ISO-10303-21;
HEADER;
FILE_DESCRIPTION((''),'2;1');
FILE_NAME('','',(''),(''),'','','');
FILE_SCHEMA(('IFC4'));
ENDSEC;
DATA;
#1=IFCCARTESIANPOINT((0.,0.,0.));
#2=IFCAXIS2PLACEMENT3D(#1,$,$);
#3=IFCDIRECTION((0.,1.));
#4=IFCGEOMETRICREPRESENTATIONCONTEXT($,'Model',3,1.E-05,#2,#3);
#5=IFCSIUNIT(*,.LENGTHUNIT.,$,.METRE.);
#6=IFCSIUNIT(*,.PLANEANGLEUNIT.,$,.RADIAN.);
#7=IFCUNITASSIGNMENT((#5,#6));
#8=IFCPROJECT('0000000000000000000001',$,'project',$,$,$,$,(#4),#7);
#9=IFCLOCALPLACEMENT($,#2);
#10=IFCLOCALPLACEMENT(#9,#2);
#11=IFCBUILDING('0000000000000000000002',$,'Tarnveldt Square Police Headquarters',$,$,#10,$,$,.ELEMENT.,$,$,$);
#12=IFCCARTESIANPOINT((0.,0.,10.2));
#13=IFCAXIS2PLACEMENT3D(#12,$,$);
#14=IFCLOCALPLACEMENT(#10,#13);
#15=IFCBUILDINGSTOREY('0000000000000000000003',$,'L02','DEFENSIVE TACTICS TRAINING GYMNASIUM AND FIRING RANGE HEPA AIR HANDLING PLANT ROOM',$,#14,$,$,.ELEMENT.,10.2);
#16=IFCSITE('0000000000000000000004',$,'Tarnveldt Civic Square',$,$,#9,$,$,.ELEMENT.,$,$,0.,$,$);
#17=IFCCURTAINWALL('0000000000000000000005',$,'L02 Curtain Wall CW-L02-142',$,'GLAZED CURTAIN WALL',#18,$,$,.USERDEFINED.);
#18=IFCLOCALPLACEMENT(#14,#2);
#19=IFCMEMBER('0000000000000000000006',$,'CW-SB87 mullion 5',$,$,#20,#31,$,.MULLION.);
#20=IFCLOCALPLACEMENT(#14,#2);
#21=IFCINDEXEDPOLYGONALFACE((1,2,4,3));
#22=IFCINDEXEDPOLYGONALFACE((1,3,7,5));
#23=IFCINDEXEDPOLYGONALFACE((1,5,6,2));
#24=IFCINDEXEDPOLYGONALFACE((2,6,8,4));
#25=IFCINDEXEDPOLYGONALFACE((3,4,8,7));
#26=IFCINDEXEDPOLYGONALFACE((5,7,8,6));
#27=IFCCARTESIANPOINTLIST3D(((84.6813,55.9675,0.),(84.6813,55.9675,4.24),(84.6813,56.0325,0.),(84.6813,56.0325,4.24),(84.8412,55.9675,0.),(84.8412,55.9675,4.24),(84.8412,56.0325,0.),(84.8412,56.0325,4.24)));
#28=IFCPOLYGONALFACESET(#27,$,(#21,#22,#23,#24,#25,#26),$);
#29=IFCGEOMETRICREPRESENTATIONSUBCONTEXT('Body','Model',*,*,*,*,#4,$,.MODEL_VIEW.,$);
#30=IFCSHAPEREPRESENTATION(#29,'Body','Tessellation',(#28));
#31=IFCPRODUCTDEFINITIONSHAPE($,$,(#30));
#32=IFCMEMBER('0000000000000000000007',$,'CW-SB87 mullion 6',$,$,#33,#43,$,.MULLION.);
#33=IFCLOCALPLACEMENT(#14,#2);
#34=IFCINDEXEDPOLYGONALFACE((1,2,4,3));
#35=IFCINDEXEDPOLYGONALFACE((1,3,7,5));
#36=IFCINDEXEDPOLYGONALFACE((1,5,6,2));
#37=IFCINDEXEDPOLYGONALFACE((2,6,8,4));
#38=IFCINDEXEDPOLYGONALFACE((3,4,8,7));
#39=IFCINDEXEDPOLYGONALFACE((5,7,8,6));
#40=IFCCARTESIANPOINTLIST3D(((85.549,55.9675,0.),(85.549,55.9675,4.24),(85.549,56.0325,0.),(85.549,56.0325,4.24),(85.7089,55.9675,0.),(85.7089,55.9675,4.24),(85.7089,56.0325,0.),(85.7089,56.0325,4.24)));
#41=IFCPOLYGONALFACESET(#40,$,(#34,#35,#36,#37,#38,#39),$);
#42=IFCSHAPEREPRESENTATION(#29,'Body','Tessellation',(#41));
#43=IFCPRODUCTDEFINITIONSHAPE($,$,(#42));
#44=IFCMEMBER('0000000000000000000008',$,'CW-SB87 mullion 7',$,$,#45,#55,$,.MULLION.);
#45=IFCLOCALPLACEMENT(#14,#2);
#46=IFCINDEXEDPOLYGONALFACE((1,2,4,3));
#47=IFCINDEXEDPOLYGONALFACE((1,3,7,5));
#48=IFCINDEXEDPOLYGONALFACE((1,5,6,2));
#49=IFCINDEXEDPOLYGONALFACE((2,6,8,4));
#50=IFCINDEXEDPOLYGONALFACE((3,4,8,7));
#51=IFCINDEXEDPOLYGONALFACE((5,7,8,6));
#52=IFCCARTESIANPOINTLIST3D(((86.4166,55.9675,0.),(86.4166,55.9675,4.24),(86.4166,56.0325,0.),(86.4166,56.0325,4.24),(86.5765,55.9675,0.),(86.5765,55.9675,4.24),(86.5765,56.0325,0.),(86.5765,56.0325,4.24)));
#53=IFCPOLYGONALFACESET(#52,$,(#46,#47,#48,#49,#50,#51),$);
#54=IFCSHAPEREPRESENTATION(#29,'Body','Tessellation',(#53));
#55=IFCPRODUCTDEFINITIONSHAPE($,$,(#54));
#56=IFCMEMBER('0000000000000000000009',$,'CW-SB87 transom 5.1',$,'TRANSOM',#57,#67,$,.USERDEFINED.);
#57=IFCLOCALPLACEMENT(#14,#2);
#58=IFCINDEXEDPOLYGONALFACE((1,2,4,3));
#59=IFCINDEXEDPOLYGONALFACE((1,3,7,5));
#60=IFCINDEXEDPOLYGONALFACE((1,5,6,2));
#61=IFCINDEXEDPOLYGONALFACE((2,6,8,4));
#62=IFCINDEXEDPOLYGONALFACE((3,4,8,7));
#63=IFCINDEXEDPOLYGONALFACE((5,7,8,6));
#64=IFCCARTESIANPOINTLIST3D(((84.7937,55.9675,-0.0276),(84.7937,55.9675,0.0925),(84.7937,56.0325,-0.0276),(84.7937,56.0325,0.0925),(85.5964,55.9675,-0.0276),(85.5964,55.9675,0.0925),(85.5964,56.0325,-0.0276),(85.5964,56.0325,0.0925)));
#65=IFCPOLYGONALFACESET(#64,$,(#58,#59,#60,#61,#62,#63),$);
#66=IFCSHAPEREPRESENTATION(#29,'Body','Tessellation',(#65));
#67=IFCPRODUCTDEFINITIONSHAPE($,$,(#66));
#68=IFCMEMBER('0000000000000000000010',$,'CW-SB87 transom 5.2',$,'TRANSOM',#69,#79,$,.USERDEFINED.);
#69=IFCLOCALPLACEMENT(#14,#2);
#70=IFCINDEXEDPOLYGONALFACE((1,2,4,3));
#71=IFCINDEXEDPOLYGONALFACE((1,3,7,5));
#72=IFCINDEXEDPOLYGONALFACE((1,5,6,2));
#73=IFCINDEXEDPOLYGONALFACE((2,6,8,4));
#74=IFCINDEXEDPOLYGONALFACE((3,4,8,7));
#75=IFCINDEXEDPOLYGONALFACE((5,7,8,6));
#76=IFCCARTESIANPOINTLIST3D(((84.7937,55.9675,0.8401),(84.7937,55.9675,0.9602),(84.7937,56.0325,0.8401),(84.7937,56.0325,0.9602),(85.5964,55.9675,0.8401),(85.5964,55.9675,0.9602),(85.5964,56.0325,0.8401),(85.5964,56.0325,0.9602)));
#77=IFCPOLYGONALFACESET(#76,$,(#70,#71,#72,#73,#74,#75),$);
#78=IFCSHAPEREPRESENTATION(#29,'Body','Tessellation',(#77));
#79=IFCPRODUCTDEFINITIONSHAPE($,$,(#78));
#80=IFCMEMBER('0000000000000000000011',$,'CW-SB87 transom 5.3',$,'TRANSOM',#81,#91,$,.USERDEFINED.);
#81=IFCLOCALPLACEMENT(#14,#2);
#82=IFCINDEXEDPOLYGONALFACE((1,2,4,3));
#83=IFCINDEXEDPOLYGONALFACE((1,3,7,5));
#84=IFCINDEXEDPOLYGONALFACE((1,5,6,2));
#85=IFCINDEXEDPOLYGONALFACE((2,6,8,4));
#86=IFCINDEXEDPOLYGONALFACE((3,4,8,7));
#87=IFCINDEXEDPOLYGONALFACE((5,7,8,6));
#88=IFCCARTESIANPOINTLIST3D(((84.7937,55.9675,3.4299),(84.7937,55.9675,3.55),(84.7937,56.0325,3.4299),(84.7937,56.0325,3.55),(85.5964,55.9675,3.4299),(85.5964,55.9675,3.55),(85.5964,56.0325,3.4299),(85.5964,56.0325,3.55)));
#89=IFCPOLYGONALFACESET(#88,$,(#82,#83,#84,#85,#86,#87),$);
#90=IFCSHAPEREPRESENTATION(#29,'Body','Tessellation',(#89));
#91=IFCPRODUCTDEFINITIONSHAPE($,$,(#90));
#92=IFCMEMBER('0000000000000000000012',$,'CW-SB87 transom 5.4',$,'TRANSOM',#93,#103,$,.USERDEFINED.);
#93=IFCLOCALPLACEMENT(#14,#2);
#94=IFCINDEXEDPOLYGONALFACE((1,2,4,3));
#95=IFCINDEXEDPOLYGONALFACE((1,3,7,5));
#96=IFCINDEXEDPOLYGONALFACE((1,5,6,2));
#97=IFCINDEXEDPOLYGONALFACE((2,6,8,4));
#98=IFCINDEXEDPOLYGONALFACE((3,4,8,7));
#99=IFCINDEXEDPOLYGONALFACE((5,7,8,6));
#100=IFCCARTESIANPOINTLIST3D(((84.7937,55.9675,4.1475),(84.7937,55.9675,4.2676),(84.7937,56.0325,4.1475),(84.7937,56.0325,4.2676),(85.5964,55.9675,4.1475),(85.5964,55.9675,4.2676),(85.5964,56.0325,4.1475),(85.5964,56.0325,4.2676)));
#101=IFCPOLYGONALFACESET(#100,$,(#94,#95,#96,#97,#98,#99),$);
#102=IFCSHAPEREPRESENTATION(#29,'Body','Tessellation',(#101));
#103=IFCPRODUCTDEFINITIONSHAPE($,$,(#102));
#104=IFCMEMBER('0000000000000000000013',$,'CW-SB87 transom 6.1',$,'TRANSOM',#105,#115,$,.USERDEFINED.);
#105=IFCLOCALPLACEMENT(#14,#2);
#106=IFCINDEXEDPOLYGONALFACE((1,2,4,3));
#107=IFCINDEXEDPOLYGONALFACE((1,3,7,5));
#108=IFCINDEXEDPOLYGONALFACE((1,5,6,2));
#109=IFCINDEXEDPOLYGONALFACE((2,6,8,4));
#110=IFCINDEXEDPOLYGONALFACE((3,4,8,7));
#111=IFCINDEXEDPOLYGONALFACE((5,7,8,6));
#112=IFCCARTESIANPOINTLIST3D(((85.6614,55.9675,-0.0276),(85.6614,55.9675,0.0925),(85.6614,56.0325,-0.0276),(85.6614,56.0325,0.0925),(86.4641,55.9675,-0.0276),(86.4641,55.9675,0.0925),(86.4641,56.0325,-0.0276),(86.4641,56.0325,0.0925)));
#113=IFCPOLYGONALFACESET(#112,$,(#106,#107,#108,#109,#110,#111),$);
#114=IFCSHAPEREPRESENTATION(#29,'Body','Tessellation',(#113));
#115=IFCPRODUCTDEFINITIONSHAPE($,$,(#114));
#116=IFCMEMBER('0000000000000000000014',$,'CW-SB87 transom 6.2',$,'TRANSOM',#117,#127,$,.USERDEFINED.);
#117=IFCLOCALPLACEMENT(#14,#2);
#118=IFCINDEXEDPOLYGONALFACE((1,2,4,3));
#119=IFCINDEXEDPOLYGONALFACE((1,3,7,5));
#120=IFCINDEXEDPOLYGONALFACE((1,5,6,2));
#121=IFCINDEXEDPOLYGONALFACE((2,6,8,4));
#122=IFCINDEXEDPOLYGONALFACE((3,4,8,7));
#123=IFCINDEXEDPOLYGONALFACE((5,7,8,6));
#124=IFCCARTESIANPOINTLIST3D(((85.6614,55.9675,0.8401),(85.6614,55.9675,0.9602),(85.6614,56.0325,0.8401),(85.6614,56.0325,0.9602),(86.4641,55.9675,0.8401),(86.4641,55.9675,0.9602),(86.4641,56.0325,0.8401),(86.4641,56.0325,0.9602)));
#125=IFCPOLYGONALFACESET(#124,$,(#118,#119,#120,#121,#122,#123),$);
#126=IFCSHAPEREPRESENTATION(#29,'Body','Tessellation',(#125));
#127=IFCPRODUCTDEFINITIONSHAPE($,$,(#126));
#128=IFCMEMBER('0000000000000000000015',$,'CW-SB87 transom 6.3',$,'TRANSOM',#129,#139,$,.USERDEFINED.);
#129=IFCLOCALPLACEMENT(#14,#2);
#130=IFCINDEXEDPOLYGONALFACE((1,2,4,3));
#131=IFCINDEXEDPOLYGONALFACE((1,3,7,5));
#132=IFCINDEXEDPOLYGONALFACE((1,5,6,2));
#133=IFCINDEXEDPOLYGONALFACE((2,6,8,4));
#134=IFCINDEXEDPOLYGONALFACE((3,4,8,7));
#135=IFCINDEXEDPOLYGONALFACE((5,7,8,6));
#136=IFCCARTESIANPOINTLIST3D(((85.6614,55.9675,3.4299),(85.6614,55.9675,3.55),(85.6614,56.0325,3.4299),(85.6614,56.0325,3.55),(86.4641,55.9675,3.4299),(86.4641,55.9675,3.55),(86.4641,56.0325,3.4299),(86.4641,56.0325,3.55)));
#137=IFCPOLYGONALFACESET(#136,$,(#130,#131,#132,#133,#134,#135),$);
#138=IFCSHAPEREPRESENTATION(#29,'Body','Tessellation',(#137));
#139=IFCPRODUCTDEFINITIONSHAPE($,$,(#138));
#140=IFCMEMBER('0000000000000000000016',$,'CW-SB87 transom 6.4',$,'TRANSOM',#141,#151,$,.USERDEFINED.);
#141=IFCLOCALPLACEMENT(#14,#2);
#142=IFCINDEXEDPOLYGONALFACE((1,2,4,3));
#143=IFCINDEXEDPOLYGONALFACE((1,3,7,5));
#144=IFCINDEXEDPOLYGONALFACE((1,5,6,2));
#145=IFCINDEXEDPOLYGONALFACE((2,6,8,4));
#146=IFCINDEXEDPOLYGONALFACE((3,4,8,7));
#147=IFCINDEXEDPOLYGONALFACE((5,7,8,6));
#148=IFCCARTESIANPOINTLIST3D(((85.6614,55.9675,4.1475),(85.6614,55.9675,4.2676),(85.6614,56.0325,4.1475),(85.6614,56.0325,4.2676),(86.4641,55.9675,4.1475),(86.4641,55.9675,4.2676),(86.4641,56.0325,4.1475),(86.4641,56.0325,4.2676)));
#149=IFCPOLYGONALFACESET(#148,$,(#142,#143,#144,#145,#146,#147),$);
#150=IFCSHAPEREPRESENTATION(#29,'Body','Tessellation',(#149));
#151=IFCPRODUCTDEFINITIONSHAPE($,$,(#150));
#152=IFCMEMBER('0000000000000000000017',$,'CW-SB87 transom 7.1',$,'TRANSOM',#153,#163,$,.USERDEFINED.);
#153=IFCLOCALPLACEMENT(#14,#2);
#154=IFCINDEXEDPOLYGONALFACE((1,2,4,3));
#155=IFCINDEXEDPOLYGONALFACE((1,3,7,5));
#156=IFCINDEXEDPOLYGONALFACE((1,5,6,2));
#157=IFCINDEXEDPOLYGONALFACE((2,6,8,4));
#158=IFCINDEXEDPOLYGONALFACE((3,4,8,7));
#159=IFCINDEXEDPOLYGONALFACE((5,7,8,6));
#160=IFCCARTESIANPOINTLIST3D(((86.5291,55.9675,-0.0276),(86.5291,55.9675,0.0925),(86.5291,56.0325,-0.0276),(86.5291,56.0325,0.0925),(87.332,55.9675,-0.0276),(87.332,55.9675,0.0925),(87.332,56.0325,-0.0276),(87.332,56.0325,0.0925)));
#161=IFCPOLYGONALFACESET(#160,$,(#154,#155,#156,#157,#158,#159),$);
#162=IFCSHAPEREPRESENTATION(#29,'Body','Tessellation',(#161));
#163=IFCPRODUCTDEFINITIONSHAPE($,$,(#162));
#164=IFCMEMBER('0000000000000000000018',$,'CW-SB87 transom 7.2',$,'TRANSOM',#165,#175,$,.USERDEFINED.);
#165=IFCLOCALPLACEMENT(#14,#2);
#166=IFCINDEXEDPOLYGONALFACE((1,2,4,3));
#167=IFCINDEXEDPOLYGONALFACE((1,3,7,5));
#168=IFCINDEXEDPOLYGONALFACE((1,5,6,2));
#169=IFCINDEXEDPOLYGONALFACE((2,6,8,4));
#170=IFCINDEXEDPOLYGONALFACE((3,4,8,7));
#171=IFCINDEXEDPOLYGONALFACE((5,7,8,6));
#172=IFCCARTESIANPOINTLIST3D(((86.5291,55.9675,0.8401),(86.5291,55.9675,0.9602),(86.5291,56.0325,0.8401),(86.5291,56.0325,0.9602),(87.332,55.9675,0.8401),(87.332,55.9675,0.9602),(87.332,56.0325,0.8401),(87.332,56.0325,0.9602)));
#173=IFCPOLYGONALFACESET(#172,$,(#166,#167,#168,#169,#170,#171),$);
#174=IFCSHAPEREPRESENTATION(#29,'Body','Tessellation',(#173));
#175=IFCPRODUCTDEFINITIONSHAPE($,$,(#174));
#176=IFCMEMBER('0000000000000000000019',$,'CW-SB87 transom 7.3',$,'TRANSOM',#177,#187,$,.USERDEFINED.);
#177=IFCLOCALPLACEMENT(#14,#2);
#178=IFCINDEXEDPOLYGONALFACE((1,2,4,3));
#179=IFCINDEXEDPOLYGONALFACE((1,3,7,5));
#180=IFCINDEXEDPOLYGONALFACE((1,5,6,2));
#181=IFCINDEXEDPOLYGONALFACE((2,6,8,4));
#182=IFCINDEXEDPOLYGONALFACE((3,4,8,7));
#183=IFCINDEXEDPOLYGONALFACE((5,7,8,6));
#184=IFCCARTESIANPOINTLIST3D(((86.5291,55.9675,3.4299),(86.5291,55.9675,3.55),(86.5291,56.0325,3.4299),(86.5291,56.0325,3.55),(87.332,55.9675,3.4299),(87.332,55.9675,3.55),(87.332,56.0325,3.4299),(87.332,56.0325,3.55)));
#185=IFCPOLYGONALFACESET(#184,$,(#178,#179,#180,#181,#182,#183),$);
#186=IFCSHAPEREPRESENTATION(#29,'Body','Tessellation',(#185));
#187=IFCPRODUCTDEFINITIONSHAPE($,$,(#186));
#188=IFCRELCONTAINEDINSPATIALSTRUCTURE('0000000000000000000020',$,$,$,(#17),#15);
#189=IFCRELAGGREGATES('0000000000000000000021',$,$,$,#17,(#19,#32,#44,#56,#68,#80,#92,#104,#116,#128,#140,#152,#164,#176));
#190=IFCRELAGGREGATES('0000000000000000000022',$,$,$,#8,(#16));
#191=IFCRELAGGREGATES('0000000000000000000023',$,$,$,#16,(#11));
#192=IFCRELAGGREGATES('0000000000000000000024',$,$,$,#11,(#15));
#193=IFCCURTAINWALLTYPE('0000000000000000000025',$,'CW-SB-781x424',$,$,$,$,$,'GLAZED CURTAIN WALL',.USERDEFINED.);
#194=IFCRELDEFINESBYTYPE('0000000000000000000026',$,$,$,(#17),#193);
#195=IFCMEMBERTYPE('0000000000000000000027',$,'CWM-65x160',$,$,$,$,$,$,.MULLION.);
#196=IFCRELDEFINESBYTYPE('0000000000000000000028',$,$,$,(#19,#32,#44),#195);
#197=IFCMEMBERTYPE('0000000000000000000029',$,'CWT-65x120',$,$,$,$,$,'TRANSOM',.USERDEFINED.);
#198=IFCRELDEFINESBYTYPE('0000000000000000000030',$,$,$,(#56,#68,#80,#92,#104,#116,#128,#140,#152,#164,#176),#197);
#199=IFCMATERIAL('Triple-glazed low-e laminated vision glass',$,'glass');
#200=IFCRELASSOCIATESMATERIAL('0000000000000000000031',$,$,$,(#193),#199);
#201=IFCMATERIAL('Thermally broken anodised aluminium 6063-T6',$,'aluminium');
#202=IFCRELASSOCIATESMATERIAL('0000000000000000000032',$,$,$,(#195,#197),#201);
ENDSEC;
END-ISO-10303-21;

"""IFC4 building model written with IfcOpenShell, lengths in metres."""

from ifc_helpers import new_model, si_unit, direction, frame, origin, origin_2d, place, context, subcontext, project, spatial, rectangle, extrude, material, material_profile, profile_set, type_object, element, aggregate, save


model = new_model("IFC4")

# Units and contexts
model_context = context("Model", 3, precision=1e-05, world=origin(), true_north=direction((0.0, 1.0)))
body_context = subcontext(model_context, "Body", "Model", "MODEL_VIEW")
ifc_project = project(units=[si_unit("LENGTHUNIT", "METRE"), si_unit("PLANEANGLEUNIT", "RADIAN")], contexts=[model_context])

# Site, building, storey
site_placement = place(None, origin())
site = spatial("IfcSite", under=ifc_project, at=site_placement, Name="Tarnveldt Civic Square", CompositionType="ELEMENT", RefElevation=0.0)
building_placement = place(site_placement, origin())
building = spatial("IfcBuilding", under=site, at=building_placement, Name="Tarnveldt Square Police Headquarters", CompositionType="ELEMENT")
storey_placement = place(building_placement, frame((0.0, 0.0, 10.2)))
storey = spatial("IfcBuildingStorey", under=building, at=storey_placement, Name="L02", Description="DEFENSIVE TACTICS TRAINING GYMNASIUM AND FIRING RANGE HEPA AIR HANDLING PLANT ROOM", CompositionType="ELEMENT", Elevation=10.2)

# Curtain wall, members
ifc_material_1 = material(Name="Triple-glazed low-e laminated vision glass", Category="glass")
curtain_wall_type = type_object("IfcCurtainWallType", Name="CW-SB-781x424", ElementType="GLAZED CURTAIN WALL", PredefinedType="USERDEFINED", material=ifc_material_1)
curtain_wall_placement = place(storey_placement, origin())
curtain_wall = element("IfcCurtainWall", 1, at=curtain_wall_placement, inside=storey, type_object=curtain_wall_type, Name="L02 Curtain Wall CW-L02-142", ObjectType="GLAZED CURTAIN WALL", PredefinedType="USERDEFINED")
ifc_material_2 = material(Name="Thermally broken anodised aluminium 6063-T6", Category="aluminium")
ifc_material_profile_1 = material_profile(ifc_material_2, rectangle(XDim=0.0649, YDim=0.1599, at=origin_2d()), Name="CW-M65x160")
ifc_profile_set_1 = profile_set([ifc_material_profile_1], Name="Thermally broken anodised aluminium 6063-T6")
member_type_1 = type_object("IfcMemberType", Name="CWM-65x160", PredefinedType="MULLION", material=ifc_profile_set_1)
member_1_placement = place(storey_placement, frame((84.7612, 56.0, 0.0), z_axis=(0.0, 0.0, 1.0), x_axis=(0.0, 1.0, 0.0)))
member_1 = element("IfcMember", 2, at=member_1_placement, type_object=member_type_1, Name="CW-SB87 mullion 5", PredefinedType="MULLION", context=body_context, shape_type="SweptSolid", body=[
    extrude(rectangle(XDim=0.0649, YDim=0.1599, at=origin_2d()), origin(), (0.0, 0.0, 1.0), 4.24),
])
member_2_placement = place(storey_placement, frame((85.6289, 56.0, 0.0), z_axis=(0.0, 0.0, 1.0), x_axis=(0.0, 1.0, 0.0)))
member_2 = element("IfcMember", 3, at=member_2_placement, type_object=member_type_1, Name="CW-SB87 mullion 6", PredefinedType="MULLION", context=body_context, shape_type="SweptSolid", body=[
    extrude(rectangle(XDim=0.0649, YDim=0.1599, at=origin_2d()), origin(), (0.0, 0.0, 1.0), 4.24),
])
member_3_placement = place(storey_placement, frame((86.4966, 56.0, 0.0), z_axis=(0.0, 0.0, 1.0), x_axis=(0.0, 1.0, 0.0)))
member_3 = element("IfcMember", 4, at=member_3_placement, type_object=member_type_1, Name="CW-SB87 mullion 7", PredefinedType="MULLION", context=body_context, shape_type="SweptSolid", body=[
    extrude(rectangle(XDim=0.0649, YDim=0.1599, at=origin_2d()), origin(), (0.0, 0.0, 1.0), 4.24),
])
ifc_material_profile_2 = material_profile(ifc_material_2, rectangle(XDim=0.0649, YDim=0.1201, at=origin_2d()), Name="CW-T65x120")
ifc_profile_set_2 = profile_set([ifc_material_profile_2], Name="Thermally broken anodised aluminium 6063-T6")
member_type_2 = type_object("IfcMemberType", Name="CWT-65x120", ElementType="TRANSOM", PredefinedType="USERDEFINED", material=ifc_profile_set_2)
member_4_placement = place(storey_placement, frame((84.7937, 56.0, 0.0325), z_axis=(1.0, 0.0, 0.0), x_axis=(0.0, 1.0, 0.0)))
member_4 = element("IfcMember", 5, at=member_4_placement, type_object=member_type_2, Name="CW-SB87 transom 5.1", ObjectType="TRANSOM", PredefinedType="USERDEFINED", context=body_context, shape_type="SweptSolid", body=[
    extrude(rectangle(XDim=0.0649, YDim=0.1201, at=origin_2d()), origin(), (0.0, 0.0, 1.0), 0.8027),
])
member_5_placement = place(storey_placement, frame((84.7937, 56.0, 0.9001), z_axis=(1.0, 0.0, 0.0), x_axis=(0.0, 1.0, 0.0)))
member_5 = element("IfcMember", 6, at=member_5_placement, type_object=member_type_2, Name="CW-SB87 transom 5.2", ObjectType="TRANSOM", PredefinedType="USERDEFINED", context=body_context, shape_type="SweptSolid", body=[
    extrude(rectangle(XDim=0.0649, YDim=0.1201, at=origin_2d()), origin(), (0.0, 0.0, 1.0), 0.8027),
])
member_6_placement = place(storey_placement, frame((84.7937, 56.0, 3.49), z_axis=(1.0, 0.0, 0.0), x_axis=(0.0, 1.0, 0.0)))
member_6 = element("IfcMember", 7, at=member_6_placement, type_object=member_type_2, Name="CW-SB87 transom 5.3", ObjectType="TRANSOM", PredefinedType="USERDEFINED", context=body_context, shape_type="SweptSolid", body=[
    extrude(rectangle(XDim=0.0649, YDim=0.1201, at=origin_2d()), origin(), (0.0, 0.0, 1.0), 0.8027),
])
member_7_placement = place(storey_placement, frame((84.7937, 56.0, 4.2075), z_axis=(1.0, 0.0, 0.0), x_axis=(0.0, 1.0, 0.0)))
member_7 = element("IfcMember", 8, at=member_7_placement, type_object=member_type_2, Name="CW-SB87 transom 5.4", ObjectType="TRANSOM", PredefinedType="USERDEFINED", context=body_context, shape_type="SweptSolid", body=[
    extrude(rectangle(XDim=0.0649, YDim=0.1201, at=origin_2d()), origin(), (0.0, 0.0, 1.0), 0.8027),
])
member_8_placement = place(storey_placement, frame((85.6614, 56.0, 0.0325), z_axis=(1.0, 0.0, 0.0), x_axis=(0.0, 1.0, 0.0)))
member_8 = element("IfcMember", 9, at=member_8_placement, type_object=member_type_2, Name="CW-SB87 transom 6.1", ObjectType="TRANSOM", PredefinedType="USERDEFINED", context=body_context, shape_type="SweptSolid", body=[
    extrude(rectangle(XDim=0.0649, YDim=0.1201, at=origin_2d()), origin(), (0.0, 0.0, 1.0), 0.8027),
])
member_9_placement = place(storey_placement, frame((85.6614, 56.0, 0.9001), z_axis=(1.0, 0.0, 0.0), x_axis=(0.0, 1.0, 0.0)))
member_9 = element("IfcMember", 10, at=member_9_placement, type_object=member_type_2, Name="CW-SB87 transom 6.2", ObjectType="TRANSOM", PredefinedType="USERDEFINED", context=body_context, shape_type="SweptSolid", body=[
    extrude(rectangle(XDim=0.0649, YDim=0.1201, at=origin_2d()), origin(), (0.0, 0.0, 1.0), 0.8027),
])
member_10_placement = place(storey_placement, frame((85.6614, 56.0, 3.49), z_axis=(1.0, 0.0, 0.0), x_axis=(0.0, 1.0, 0.0)))
member_10 = element("IfcMember", 11, at=member_10_placement, type_object=member_type_2, Name="CW-SB87 transom 6.3", ObjectType="TRANSOM", PredefinedType="USERDEFINED", context=body_context, shape_type="SweptSolid", body=[
    extrude(rectangle(XDim=0.0649, YDim=0.1201, at=origin_2d()), origin(), (0.0, 0.0, 1.0), 0.8027),
])
member_11_placement = place(storey_placement, frame((85.6614, 56.0, 4.2075), z_axis=(1.0, 0.0, 0.0), x_axis=(0.0, 1.0, 0.0)))
member_11 = element("IfcMember", 12, at=member_11_placement, type_object=member_type_2, Name="CW-SB87 transom 6.4", ObjectType="TRANSOM", PredefinedType="USERDEFINED", context=body_context, shape_type="SweptSolid", body=[
    extrude(rectangle(XDim=0.0649, YDim=0.1201, at=origin_2d()), origin(), (0.0, 0.0, 1.0), 0.8027),
])
member_12_placement = place(storey_placement, frame((86.5291, 56.0, 0.0325), z_axis=(1.0, 0.0, 0.0), x_axis=(0.0, 1.0, 0.0)))
member_12 = element("IfcMember", 13, at=member_12_placement, type_object=member_type_2, Name="CW-SB87 transom 7.1", ObjectType="TRANSOM", PredefinedType="USERDEFINED", context=body_context, shape_type="SweptSolid", body=[
    extrude(rectangle(XDim=0.0649, YDim=0.1201, at=origin_2d()), origin(), (0.0, 0.0, 1.0), 0.803),
])
member_13_placement = place(storey_placement, frame((86.5291, 56.0, 0.9001), z_axis=(1.0, 0.0, 0.0), x_axis=(0.0, 1.0, 0.0)))
member_13 = element("IfcMember", 14, at=member_13_placement, type_object=member_type_2, Name="CW-SB87 transom 7.2", ObjectType="TRANSOM", PredefinedType="USERDEFINED", context=body_context, shape_type="SweptSolid", body=[
    extrude(rectangle(XDim=0.0649, YDim=0.1201, at=origin_2d()), origin(), (0.0, 0.0, 1.0), 0.803),
])
member_14_placement = place(storey_placement, frame((86.5291, 56.0, 3.49), z_axis=(1.0, 0.0, 0.0), x_axis=(0.0, 1.0, 0.0)))
member_14 = element("IfcMember", 15, at=member_14_placement, type_object=member_type_2, Name="CW-SB87 transom 7.3", ObjectType="TRANSOM", PredefinedType="USERDEFINED", context=body_context, shape_type="SweptSolid", body=[
    extrude(rectangle(XDim=0.0649, YDim=0.1201, at=origin_2d()), origin(), (0.0, 0.0, 1.0), 0.803),
])
aggregate(curtain_wall, [member_1, member_2, member_3, member_4, member_5, member_6, member_7, member_8, member_9, member_10, member_11, member_12, member_13, member_14])

save(model, "model.ifc")
